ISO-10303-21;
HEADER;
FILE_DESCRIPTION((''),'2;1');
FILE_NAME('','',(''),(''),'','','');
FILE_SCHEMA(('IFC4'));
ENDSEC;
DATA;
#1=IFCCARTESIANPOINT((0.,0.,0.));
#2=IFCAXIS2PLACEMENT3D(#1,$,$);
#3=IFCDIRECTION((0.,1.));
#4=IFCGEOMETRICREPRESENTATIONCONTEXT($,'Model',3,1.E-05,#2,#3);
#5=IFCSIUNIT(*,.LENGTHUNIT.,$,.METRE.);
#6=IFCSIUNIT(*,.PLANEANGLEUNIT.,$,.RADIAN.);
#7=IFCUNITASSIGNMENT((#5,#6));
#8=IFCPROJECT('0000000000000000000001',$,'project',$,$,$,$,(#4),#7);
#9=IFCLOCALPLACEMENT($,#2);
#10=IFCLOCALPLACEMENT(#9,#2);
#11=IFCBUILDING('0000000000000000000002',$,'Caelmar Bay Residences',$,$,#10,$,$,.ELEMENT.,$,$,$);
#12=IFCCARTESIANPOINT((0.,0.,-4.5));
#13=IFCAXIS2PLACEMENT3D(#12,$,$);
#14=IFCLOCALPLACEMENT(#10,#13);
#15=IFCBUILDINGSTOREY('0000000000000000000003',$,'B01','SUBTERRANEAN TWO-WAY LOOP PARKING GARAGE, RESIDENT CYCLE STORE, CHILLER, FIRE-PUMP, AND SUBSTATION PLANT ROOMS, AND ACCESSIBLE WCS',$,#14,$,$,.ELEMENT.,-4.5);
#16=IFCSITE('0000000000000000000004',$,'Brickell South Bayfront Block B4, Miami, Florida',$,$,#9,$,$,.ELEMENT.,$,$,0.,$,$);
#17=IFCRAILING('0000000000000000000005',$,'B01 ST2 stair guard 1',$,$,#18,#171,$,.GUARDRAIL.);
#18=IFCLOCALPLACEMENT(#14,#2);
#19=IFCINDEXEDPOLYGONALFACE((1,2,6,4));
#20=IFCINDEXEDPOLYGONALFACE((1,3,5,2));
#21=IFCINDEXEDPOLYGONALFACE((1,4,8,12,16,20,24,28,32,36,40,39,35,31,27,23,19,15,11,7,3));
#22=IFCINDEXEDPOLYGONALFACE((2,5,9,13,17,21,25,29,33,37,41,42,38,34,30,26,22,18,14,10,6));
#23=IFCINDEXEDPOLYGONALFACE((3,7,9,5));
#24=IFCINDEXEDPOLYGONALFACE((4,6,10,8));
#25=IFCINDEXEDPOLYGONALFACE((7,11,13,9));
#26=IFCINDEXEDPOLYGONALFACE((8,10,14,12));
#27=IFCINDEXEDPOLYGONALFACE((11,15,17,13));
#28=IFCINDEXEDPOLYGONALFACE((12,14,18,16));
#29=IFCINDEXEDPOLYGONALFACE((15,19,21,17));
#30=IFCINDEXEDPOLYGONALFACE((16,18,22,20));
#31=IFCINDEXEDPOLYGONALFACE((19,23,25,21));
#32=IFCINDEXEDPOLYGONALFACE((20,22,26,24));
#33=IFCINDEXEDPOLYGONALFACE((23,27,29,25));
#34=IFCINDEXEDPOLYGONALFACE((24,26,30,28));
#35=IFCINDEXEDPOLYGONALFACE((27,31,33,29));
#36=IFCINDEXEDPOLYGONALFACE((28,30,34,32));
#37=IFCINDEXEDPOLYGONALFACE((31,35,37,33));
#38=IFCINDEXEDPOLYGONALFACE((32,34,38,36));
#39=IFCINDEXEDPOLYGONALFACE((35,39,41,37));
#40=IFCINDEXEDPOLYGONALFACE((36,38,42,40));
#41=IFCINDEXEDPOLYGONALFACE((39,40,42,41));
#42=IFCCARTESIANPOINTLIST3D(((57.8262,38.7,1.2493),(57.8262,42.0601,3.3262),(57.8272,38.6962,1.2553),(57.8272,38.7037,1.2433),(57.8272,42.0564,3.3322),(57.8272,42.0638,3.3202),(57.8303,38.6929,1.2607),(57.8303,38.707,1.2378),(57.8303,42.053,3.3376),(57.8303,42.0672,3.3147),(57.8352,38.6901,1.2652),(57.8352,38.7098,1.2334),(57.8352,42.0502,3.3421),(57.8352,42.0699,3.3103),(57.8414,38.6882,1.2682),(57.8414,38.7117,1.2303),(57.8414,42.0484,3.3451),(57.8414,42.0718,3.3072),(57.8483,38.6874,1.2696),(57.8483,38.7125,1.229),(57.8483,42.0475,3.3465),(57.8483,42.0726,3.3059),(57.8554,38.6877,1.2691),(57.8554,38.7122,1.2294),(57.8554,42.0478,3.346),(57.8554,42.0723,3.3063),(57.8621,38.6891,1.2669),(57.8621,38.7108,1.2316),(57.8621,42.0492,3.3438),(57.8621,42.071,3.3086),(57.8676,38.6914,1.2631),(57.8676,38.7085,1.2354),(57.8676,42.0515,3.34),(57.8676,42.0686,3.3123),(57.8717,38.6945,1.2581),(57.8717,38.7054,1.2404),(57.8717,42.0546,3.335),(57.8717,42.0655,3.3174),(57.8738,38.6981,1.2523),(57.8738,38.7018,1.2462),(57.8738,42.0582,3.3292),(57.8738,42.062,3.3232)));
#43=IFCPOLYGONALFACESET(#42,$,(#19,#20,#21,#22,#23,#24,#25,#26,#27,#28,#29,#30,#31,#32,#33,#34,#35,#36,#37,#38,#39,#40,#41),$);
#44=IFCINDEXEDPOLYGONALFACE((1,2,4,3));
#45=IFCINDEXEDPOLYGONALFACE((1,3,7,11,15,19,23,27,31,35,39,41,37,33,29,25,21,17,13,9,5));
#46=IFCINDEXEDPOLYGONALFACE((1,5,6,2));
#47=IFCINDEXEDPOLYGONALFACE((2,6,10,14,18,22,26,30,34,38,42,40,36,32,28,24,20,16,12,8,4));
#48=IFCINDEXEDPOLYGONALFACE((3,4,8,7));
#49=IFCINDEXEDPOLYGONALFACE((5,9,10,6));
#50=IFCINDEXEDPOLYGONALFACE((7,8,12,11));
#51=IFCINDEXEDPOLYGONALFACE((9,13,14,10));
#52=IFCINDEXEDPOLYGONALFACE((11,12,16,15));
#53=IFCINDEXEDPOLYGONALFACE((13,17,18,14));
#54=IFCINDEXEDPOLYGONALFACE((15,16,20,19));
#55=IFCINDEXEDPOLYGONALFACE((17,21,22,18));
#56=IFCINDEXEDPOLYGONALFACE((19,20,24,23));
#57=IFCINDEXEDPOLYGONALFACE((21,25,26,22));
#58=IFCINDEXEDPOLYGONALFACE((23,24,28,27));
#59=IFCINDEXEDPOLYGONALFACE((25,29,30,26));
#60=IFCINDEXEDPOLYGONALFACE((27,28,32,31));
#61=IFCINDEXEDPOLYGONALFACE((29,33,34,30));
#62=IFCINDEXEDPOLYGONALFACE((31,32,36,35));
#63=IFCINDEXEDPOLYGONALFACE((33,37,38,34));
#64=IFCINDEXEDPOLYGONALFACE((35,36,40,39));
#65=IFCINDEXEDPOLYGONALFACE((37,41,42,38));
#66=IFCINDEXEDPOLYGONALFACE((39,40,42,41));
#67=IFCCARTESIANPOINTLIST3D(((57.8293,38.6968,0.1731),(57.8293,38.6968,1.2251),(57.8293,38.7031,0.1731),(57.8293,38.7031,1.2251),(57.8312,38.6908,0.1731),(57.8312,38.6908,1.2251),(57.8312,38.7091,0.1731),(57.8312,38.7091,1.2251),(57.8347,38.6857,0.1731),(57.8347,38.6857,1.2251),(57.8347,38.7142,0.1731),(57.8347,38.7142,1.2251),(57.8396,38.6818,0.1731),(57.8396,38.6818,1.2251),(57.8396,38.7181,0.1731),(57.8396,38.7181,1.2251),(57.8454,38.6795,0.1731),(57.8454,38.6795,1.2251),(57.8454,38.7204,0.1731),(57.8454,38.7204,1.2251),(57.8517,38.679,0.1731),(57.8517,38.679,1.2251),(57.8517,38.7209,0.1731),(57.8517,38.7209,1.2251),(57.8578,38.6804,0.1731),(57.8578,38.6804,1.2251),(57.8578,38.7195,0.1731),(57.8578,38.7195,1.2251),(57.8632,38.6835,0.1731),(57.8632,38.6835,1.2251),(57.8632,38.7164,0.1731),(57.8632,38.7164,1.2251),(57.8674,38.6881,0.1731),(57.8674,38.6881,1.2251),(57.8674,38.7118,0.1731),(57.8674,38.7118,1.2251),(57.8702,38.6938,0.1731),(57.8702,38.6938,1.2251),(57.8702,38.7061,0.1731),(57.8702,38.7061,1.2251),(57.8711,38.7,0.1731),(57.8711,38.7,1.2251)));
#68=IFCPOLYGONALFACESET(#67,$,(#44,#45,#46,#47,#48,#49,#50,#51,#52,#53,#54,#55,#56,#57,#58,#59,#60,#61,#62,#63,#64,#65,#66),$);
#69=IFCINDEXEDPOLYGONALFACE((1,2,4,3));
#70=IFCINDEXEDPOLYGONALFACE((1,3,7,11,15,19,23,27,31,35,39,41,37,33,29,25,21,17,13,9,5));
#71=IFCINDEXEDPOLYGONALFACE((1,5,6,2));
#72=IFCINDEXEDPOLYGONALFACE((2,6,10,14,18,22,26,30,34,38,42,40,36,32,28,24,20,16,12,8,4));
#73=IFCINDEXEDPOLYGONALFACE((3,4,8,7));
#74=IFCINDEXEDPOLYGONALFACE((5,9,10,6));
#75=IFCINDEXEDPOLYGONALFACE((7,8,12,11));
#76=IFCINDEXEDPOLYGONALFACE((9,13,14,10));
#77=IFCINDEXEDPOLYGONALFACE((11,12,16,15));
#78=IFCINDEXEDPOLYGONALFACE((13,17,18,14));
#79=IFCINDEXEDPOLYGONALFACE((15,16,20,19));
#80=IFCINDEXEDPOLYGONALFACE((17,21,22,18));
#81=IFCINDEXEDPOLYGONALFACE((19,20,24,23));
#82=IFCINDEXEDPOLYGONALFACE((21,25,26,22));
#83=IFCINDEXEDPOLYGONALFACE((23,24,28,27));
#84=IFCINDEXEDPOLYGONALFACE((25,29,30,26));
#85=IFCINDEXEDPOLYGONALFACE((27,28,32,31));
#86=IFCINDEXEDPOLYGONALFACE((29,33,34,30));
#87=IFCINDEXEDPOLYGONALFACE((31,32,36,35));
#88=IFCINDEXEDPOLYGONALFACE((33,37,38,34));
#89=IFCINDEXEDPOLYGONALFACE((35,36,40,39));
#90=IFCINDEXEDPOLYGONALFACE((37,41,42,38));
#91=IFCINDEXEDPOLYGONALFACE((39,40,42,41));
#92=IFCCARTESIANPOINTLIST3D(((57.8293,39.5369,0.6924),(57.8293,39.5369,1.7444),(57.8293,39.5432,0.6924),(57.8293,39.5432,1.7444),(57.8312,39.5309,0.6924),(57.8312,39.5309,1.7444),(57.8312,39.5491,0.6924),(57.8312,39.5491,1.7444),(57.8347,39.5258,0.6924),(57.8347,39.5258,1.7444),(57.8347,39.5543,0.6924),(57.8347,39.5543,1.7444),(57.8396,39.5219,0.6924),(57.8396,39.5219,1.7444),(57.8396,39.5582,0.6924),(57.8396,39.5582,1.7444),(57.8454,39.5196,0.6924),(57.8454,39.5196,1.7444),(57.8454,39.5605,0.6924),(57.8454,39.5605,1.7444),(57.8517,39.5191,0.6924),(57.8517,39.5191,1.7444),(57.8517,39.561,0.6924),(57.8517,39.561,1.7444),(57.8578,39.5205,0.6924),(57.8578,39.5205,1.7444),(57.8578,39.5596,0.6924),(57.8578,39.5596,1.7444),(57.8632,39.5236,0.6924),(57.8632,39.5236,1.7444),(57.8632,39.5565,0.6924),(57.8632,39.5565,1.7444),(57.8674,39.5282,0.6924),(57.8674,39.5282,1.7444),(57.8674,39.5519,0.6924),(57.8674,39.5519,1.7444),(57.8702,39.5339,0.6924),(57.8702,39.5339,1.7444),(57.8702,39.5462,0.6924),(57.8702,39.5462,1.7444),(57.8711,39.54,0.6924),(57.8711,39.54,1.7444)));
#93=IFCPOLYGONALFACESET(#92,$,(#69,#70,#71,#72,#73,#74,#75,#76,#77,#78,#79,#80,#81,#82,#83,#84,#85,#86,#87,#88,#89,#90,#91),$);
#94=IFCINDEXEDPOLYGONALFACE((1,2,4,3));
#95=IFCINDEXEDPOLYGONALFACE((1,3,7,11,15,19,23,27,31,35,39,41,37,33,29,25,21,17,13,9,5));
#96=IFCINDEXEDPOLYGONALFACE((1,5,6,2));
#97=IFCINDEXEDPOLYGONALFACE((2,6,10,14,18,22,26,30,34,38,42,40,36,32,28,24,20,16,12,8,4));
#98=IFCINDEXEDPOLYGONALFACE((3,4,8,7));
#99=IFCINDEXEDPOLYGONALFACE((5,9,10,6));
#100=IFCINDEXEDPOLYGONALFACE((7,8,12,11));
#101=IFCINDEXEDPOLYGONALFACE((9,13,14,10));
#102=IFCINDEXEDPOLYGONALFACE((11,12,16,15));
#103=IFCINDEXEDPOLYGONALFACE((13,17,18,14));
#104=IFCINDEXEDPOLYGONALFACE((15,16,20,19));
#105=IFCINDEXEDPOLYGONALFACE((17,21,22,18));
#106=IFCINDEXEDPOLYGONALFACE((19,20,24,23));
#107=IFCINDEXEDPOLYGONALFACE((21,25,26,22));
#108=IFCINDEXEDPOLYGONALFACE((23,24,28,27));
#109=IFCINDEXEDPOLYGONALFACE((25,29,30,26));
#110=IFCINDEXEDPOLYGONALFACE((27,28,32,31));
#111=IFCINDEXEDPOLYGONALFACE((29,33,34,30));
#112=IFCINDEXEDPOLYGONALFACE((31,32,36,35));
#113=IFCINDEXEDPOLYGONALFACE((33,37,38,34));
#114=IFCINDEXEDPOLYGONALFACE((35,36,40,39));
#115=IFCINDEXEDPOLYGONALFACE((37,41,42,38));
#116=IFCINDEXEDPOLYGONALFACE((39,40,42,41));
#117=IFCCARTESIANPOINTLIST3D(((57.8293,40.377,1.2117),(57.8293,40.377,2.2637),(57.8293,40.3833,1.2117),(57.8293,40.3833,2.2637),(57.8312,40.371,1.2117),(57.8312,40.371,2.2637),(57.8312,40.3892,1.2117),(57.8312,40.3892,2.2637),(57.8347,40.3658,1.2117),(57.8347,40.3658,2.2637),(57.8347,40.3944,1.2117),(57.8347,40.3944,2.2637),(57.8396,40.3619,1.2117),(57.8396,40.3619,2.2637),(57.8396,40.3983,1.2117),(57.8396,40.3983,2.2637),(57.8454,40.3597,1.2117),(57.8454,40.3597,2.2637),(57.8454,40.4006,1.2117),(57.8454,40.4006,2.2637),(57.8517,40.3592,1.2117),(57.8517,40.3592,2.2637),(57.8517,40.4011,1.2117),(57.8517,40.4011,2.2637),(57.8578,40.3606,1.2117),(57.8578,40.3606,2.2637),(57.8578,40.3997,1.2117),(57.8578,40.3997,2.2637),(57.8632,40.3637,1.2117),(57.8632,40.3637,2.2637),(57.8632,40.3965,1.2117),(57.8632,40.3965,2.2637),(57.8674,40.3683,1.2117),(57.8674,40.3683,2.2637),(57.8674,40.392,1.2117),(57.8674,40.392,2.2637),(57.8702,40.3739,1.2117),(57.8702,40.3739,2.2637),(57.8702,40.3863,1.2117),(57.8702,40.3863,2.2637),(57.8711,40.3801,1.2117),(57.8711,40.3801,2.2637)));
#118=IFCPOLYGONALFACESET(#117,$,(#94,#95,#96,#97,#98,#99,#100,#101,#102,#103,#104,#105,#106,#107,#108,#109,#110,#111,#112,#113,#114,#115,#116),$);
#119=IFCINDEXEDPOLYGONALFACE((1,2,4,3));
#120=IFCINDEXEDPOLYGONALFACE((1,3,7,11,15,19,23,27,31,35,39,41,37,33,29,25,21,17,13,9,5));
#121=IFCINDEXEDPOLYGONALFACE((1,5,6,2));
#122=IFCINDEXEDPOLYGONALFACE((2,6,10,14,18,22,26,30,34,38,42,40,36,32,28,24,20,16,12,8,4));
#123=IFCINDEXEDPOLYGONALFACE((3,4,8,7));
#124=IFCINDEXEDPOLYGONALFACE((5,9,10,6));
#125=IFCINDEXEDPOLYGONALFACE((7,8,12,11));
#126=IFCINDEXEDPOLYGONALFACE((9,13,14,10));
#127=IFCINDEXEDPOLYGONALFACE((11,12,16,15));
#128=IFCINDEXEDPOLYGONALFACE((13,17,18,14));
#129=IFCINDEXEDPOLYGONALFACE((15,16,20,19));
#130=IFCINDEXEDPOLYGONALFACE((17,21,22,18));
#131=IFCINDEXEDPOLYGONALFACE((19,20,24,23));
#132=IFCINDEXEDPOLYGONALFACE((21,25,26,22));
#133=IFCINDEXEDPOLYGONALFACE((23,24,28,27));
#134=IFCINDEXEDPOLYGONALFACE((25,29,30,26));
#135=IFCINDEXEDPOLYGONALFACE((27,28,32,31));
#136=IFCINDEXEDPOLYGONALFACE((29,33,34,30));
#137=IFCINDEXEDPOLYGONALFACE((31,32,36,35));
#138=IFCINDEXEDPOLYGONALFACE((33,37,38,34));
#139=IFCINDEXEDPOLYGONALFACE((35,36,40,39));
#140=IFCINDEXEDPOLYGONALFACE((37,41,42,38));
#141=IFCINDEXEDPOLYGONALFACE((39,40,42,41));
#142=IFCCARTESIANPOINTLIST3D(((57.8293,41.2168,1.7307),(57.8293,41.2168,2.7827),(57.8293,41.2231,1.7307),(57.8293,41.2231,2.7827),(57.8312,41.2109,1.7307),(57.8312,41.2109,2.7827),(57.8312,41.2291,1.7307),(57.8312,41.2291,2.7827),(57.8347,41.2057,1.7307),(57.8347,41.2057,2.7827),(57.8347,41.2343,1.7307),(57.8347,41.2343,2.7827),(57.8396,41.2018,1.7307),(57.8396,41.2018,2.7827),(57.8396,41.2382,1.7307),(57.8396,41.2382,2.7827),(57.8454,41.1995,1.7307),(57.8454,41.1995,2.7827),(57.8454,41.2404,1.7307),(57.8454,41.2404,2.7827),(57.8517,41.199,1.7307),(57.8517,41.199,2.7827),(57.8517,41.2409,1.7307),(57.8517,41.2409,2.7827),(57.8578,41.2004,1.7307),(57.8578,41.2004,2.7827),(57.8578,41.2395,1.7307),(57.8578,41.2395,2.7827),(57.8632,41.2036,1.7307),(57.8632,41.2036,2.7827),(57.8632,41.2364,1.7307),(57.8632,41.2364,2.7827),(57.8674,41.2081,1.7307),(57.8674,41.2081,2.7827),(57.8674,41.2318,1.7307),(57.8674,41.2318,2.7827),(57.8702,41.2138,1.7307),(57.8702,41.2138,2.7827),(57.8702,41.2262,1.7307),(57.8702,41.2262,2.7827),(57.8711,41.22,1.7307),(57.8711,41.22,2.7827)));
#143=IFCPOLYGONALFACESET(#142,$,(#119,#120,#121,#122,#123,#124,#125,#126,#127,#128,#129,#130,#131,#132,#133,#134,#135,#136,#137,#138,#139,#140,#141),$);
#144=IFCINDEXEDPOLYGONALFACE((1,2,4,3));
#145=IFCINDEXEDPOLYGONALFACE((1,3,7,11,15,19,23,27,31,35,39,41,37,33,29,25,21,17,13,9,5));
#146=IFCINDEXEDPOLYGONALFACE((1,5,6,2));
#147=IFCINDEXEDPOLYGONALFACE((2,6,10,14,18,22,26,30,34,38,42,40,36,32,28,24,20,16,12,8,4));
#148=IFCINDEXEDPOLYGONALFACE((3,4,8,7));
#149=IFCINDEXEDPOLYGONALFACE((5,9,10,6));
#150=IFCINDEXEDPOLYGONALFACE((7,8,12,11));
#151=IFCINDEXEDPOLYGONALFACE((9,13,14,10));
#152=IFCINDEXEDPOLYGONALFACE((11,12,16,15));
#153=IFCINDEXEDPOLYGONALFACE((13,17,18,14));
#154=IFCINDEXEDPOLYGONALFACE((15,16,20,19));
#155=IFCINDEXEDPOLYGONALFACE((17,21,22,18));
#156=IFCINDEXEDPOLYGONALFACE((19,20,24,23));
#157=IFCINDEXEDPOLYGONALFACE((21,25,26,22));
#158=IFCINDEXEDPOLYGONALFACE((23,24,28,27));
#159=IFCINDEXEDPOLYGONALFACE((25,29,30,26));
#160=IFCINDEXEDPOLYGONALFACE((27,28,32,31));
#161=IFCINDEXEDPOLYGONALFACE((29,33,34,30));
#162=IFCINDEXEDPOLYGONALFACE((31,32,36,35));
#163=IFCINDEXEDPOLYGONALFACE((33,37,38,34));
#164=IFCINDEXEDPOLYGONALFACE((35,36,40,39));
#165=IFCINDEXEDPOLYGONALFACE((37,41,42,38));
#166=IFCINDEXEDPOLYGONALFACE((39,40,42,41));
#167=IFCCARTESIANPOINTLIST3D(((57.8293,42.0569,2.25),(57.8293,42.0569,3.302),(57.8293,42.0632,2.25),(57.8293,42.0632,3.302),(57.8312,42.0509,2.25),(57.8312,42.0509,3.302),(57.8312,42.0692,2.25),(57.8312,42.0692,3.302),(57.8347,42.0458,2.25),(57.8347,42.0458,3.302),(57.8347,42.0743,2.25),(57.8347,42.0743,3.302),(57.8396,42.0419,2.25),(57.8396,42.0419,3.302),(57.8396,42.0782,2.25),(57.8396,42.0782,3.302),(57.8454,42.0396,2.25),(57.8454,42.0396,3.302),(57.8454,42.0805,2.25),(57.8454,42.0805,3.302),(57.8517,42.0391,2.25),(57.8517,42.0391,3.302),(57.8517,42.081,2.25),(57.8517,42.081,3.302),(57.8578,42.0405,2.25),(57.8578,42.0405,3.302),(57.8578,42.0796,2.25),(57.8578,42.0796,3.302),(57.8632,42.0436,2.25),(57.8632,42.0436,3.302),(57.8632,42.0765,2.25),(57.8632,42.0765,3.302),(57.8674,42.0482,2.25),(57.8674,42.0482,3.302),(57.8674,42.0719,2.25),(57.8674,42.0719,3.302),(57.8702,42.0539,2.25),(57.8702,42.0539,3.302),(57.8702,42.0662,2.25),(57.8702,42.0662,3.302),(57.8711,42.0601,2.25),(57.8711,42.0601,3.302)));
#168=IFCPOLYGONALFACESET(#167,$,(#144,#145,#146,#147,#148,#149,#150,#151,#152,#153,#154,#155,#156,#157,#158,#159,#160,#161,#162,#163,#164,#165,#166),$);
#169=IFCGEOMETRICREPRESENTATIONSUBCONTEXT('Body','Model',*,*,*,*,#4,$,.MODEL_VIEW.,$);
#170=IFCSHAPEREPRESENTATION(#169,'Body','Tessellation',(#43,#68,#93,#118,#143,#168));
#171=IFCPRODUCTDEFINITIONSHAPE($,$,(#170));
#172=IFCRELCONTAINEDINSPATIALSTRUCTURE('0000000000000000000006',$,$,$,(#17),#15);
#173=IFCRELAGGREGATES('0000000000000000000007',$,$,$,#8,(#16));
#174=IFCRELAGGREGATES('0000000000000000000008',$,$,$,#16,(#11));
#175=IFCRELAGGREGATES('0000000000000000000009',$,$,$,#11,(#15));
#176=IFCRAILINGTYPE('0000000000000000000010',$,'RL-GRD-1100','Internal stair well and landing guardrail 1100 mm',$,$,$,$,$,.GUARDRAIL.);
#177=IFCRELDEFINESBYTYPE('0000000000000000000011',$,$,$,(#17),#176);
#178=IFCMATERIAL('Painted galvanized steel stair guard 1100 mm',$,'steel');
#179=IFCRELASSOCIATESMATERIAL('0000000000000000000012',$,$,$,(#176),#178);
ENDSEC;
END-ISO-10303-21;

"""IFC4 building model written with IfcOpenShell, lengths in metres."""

from ifc_helpers import new_model, si_unit, direction, frame, origin, origin_2d, place, context, subcontext, project, spatial, circle, extrude, material, type_object, element, save


model = new_model("IFC4")

# Units and contexts
model_context = context("Model", 3, precision=1e-05, world=origin(), true_north=direction((0.0, 1.0)))
body_context = subcontext(model_context, "Body", "Model", "MODEL_VIEW")
ifc_project = project(units=[si_unit("LENGTHUNIT", "METRE"), si_unit("PLANEANGLEUNIT", "RADIAN")], contexts=[model_context])

# Site, building, storey
site_placement = place(None, origin())
site = spatial("IfcSite", under=ifc_project, at=site_placement, Name="Brickell South Bayfront Block B4, Miami, Florida", CompositionType="ELEMENT", RefElevation=0.0)
building_placement = place(site_placement, origin())
building = spatial("IfcBuilding", under=site, at=building_placement, Name="Caelmar Bay Residences", CompositionType="ELEMENT")
storey_placement = place(building_placement, frame((0.0, 0.0, -4.5)))
storey = spatial("IfcBuildingStorey", under=building, at=storey_placement, Name="B01", Description="SUBTERRANEAN TWO-WAY LOOP PARKING GARAGE, RESIDENT CYCLE STORE, CHILLER, FIRE-PUMP, AND SUBSTATION PLANT ROOMS, AND ACCESSIBLE WCS", CompositionType="ELEMENT", Elevation=-4.5)

# Railing
ifc_material_1 = material(Name="Painted galvanized steel stair guard 1100 mm", Category="steel")
railing_type_1 = type_object("IfcRailingType", Name="RL-GRD-1100", Description="Internal stair well and landing guardrail 1100 mm", PredefinedType="GUARDRAIL", material=ifc_material_1)
railing_1_placement = place(storey_placement, frame((57.8501, 38.7, 0.1731)))
element("IfcRailing", 1, at=railing_1_placement, inside=storey, type_object=railing_type_1, Name="B01 ST2 stair guard 1", PredefinedType="GUARDRAIL", context=body_context, shape_type="SweptSolid", body=[
    extrude(circle(Radius=0.0239, at=origin_2d()), frame((0.0, 0.0, 1.0762), z_axis=(0.0, 0.850623, 0.525776), x_axis=(-1.0, 0.0, 0.0)), (0.0, 0.0, 1.0), 3.9502),
    extrude(circle(Radius=0.021, at=origin_2d()), origin(), (0.0, 0.0, 1.0), 1.052),
    extrude(circle(Radius=0.021, at=origin_2d()), frame((0.0, 0.8401, 0.5193)), (0.0, 0.0, 1.0), 1.052),
    extrude(circle(Radius=0.021, at=origin_2d()), frame((0.0, 1.6802, 1.0386)), (0.0, 0.0, 1.0), 1.052),
    extrude(circle(Radius=0.021, at=origin_2d()), frame((0.0, 2.52, 1.5576)), (0.0, 0.0, 1.0), 1.052),
    extrude(circle(Radius=0.021, at=origin_2d()), frame((0.0, 3.3601, 2.0769)), (0.0, 0.0, 1.0), 1.052),
])

save(model, "model.ifc")
